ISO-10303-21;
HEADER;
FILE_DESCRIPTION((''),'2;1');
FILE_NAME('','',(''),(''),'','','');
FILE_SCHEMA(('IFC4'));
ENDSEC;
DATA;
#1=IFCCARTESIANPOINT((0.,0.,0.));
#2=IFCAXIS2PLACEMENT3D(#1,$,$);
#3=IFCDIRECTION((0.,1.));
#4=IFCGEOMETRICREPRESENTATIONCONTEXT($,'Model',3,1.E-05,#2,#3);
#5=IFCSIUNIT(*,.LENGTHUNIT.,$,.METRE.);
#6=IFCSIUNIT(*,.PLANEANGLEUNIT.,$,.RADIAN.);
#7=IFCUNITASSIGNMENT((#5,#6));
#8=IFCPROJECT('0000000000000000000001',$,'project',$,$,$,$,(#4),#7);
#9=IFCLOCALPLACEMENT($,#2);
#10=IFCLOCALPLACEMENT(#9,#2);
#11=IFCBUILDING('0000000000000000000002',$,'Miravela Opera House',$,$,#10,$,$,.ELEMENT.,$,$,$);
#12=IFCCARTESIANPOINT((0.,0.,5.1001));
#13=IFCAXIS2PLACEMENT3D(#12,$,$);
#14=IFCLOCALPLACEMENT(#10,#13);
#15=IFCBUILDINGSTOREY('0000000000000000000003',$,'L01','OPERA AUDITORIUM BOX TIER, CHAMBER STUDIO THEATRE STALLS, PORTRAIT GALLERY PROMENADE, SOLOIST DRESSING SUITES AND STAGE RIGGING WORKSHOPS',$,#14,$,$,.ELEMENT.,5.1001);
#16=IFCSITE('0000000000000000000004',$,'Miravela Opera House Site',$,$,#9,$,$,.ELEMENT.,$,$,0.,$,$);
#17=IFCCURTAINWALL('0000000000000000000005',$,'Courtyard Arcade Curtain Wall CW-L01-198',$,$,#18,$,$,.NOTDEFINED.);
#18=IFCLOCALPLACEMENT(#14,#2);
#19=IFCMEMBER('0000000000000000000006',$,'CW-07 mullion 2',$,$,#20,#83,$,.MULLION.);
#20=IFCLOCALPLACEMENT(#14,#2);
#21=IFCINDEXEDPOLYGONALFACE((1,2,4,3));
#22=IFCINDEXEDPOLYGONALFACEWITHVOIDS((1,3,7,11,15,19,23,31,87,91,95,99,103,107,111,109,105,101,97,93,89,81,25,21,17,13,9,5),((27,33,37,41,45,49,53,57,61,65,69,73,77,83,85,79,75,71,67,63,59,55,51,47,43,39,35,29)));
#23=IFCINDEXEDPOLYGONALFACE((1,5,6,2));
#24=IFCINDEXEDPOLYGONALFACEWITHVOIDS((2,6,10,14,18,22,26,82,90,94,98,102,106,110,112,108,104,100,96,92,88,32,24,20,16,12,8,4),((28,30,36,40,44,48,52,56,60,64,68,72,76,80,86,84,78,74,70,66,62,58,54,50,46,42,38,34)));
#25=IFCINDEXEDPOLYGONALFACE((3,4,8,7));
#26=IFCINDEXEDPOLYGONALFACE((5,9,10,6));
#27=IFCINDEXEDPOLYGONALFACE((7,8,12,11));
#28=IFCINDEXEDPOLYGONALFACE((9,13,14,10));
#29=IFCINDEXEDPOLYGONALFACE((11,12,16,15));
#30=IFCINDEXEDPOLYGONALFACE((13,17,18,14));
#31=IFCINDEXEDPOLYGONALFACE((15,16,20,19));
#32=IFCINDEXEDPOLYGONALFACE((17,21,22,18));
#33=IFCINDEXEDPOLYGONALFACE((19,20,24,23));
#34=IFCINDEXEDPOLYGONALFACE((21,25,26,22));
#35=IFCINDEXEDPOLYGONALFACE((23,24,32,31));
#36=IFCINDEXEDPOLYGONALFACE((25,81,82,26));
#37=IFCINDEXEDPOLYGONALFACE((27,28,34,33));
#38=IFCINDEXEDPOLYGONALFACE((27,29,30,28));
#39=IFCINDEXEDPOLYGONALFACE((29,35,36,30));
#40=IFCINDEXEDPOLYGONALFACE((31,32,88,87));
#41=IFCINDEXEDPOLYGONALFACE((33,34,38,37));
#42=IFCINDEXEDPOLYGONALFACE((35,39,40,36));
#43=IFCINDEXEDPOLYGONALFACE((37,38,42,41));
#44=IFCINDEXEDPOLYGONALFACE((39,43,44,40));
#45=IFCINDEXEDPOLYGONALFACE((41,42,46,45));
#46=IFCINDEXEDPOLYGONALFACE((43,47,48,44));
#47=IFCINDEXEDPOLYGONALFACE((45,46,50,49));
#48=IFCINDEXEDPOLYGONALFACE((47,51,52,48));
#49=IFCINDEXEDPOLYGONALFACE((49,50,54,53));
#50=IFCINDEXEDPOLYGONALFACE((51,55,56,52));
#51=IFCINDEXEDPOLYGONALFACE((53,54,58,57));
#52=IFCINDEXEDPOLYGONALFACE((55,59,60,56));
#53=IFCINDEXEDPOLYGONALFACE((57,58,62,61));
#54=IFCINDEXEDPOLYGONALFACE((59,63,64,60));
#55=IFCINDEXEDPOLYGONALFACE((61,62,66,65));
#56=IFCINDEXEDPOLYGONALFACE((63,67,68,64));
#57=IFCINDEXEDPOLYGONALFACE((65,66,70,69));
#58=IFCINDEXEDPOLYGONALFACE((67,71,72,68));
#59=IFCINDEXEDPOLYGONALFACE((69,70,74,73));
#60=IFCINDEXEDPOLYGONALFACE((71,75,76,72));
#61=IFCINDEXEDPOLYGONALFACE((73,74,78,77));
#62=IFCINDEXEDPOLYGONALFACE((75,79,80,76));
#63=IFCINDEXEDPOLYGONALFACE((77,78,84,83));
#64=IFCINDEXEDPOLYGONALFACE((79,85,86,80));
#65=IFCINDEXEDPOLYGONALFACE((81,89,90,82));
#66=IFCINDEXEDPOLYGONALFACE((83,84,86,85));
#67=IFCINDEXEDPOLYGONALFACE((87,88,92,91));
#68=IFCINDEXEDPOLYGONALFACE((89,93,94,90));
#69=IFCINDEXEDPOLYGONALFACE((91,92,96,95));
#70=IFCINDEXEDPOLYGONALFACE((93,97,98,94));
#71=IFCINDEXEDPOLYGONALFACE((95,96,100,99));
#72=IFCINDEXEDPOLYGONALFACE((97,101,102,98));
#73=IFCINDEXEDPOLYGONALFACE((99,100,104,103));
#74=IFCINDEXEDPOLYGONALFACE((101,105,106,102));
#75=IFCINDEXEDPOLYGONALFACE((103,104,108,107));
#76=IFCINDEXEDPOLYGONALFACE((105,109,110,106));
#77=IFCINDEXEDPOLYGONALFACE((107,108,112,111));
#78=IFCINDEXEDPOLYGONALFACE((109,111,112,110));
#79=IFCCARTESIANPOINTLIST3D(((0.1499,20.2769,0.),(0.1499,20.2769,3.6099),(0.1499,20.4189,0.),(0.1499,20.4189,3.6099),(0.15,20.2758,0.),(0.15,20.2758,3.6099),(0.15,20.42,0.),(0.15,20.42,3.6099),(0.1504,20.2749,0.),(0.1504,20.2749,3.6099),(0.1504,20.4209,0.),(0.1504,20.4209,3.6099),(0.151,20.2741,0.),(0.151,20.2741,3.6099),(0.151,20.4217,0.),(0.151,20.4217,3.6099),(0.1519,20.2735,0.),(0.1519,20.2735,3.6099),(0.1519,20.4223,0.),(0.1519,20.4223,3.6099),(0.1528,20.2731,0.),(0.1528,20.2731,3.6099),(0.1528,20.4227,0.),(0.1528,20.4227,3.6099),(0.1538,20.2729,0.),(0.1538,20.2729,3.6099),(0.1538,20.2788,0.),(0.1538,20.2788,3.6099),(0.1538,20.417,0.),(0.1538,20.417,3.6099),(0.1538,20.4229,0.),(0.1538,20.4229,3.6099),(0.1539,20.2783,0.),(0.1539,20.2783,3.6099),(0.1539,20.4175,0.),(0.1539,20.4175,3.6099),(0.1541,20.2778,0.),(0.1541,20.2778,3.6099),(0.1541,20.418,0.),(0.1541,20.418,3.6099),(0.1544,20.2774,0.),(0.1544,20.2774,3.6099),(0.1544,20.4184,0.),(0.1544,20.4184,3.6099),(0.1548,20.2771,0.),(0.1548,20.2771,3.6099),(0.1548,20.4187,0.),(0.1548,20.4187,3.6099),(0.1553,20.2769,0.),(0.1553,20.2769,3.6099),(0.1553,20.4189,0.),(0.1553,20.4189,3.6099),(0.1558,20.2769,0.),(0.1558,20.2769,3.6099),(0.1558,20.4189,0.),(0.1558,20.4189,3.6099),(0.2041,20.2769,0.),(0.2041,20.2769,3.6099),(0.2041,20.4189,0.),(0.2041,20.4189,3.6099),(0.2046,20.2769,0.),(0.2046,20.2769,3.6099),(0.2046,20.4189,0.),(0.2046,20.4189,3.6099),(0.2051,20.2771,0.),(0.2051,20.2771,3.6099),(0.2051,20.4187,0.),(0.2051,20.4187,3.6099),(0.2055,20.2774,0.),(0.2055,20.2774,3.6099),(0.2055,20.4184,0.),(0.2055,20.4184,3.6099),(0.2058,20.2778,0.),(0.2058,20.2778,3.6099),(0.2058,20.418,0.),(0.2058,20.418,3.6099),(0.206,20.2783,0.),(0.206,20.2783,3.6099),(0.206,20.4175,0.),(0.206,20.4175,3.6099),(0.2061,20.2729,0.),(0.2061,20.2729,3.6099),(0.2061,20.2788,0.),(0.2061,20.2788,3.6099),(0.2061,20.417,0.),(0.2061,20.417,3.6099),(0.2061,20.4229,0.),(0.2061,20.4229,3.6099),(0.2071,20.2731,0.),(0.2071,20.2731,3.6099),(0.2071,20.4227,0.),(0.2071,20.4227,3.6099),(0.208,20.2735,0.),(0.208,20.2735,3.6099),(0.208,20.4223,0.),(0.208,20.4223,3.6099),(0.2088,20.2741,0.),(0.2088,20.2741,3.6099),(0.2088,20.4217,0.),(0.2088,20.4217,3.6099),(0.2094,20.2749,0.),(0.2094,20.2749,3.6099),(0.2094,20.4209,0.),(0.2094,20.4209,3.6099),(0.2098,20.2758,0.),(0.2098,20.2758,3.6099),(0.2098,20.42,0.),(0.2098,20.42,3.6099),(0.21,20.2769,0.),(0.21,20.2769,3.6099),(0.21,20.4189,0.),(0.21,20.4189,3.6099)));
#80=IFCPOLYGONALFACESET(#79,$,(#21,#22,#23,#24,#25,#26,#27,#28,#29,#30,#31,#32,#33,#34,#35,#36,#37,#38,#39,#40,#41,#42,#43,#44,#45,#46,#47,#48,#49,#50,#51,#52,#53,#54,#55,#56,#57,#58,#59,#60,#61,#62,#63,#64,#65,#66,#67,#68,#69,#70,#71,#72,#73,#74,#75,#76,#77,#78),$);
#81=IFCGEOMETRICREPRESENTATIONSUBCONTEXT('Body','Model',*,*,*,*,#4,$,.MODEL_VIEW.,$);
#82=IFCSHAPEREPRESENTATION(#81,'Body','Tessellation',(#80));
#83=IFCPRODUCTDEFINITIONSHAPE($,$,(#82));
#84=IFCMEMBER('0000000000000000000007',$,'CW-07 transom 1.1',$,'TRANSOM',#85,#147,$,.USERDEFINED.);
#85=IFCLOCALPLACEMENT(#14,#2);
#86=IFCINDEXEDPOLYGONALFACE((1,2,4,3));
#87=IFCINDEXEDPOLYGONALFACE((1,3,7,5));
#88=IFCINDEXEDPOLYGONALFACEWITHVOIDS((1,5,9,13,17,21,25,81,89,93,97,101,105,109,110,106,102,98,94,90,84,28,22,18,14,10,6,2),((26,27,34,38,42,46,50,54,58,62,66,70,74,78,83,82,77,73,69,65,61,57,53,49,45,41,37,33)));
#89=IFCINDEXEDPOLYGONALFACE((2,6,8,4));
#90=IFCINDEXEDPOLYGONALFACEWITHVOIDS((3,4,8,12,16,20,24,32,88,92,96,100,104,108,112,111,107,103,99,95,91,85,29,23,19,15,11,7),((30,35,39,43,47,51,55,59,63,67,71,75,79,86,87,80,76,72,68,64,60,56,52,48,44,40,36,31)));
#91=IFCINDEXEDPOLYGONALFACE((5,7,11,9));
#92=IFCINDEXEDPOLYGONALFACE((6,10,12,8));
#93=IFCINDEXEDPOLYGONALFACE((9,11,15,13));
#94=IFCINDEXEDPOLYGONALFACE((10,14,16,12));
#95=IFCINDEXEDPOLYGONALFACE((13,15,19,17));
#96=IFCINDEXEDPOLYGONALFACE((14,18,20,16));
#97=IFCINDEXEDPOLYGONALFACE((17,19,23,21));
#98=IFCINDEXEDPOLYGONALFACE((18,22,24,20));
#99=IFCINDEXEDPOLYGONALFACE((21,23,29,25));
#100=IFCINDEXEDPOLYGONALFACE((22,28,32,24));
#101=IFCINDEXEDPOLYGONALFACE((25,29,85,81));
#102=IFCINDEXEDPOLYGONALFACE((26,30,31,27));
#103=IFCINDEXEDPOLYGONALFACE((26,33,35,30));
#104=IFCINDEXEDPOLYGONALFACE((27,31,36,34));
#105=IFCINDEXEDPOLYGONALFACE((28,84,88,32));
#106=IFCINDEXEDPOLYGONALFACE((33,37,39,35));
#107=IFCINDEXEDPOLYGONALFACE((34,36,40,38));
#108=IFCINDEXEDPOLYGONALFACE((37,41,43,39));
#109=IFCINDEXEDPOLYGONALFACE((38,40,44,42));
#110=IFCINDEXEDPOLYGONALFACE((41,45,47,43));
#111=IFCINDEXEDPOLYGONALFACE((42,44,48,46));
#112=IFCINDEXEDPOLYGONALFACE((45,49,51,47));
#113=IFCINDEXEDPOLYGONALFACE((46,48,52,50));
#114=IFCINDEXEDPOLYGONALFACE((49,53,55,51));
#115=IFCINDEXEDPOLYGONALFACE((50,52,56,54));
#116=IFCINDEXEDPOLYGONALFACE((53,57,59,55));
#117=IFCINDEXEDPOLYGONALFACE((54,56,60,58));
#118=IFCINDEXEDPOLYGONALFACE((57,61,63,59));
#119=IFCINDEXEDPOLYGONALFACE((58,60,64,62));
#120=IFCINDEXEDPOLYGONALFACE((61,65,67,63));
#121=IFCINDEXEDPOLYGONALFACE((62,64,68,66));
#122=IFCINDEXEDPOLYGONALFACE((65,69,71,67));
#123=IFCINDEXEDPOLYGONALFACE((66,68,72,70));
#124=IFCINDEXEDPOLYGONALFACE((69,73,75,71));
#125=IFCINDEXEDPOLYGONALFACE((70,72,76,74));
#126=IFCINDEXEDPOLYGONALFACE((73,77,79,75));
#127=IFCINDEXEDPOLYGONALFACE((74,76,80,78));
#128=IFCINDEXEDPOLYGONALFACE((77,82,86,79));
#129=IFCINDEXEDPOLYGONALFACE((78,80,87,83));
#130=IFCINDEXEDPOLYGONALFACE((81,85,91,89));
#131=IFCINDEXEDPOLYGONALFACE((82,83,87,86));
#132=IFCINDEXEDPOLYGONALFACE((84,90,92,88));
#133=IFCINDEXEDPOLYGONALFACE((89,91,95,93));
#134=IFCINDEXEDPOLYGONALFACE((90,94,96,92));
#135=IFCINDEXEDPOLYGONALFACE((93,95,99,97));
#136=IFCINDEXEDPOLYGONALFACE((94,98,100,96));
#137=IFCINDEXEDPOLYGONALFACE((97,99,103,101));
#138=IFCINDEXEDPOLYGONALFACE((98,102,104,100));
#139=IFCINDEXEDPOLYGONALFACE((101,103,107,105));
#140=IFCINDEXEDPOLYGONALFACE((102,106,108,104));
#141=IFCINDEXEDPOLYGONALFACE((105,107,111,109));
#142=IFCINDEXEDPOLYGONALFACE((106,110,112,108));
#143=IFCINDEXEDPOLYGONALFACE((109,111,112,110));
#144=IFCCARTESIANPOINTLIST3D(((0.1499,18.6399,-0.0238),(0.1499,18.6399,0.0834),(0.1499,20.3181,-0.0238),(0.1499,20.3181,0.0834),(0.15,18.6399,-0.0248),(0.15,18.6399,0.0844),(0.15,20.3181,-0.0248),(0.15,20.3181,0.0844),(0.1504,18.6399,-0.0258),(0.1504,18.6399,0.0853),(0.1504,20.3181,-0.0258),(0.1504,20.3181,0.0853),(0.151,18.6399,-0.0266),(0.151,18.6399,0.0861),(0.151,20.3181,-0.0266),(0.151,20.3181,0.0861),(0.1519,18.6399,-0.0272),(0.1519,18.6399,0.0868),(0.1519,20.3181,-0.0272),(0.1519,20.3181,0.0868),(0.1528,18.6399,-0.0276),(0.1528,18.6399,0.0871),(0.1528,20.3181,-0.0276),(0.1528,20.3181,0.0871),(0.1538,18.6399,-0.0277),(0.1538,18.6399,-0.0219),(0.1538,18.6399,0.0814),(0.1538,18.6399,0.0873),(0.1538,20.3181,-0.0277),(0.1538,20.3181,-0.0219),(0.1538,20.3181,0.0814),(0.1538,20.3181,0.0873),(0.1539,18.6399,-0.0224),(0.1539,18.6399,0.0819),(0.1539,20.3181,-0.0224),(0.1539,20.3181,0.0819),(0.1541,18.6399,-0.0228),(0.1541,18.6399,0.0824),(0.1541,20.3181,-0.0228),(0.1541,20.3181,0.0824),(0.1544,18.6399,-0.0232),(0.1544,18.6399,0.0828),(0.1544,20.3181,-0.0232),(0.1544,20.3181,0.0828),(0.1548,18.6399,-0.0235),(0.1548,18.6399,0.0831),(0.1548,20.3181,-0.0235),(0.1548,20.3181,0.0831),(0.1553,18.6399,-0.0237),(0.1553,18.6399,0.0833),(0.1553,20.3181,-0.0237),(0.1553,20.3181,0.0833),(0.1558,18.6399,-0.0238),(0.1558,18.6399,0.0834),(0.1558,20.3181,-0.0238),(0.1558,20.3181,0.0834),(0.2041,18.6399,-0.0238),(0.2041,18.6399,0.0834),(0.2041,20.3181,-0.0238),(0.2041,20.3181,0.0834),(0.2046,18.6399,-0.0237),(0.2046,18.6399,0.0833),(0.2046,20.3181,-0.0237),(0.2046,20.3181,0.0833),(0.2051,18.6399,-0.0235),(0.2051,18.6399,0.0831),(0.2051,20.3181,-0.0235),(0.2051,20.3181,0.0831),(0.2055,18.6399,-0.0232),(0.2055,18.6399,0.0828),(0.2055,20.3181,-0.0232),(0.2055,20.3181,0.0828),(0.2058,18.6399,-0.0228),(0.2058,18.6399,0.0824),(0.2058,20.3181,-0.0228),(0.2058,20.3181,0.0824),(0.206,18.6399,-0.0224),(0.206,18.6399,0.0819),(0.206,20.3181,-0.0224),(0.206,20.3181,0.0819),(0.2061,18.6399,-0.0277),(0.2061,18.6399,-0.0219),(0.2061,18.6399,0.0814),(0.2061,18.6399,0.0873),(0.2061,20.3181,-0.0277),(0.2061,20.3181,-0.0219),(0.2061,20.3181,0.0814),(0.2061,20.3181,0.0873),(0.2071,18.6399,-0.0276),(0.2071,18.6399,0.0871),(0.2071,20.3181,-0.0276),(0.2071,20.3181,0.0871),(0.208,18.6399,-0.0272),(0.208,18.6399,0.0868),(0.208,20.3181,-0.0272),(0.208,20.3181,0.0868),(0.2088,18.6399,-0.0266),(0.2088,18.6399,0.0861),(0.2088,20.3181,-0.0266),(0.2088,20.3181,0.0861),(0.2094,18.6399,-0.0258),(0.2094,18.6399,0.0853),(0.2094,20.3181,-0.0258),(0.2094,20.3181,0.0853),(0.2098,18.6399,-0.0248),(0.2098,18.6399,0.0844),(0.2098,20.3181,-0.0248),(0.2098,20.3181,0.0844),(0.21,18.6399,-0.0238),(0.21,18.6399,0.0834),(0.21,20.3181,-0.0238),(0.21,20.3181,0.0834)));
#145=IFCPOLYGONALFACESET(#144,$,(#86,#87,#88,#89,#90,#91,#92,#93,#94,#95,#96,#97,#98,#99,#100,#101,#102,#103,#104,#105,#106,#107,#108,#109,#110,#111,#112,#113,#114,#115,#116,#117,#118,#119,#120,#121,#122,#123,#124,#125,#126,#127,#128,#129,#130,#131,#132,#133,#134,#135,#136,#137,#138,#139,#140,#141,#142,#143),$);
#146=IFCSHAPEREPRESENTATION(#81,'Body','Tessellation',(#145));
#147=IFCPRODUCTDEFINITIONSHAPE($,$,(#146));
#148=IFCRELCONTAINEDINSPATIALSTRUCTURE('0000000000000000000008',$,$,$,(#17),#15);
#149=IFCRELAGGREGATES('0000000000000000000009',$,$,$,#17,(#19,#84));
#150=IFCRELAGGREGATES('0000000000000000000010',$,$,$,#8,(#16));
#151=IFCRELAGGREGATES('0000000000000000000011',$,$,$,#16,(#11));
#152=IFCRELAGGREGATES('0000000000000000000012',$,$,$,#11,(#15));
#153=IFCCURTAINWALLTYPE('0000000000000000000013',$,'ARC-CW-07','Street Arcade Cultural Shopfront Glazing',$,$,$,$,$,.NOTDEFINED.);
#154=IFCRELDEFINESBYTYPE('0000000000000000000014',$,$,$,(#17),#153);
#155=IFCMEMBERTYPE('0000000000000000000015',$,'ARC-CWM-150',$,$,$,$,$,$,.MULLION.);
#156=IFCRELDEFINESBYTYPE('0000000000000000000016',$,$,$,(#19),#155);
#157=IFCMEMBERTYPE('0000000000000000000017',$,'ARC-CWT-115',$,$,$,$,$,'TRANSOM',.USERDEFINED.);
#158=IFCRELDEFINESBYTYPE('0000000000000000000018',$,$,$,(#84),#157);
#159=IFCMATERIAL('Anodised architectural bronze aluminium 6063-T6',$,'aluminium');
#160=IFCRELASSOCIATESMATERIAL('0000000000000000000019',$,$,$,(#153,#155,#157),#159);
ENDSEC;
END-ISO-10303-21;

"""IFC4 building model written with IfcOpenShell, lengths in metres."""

from ifc_helpers import new_model, si_unit, direction, frame, origin, origin_2d, place, context, subcontext, project, spatial, hollow_rectangle, extrude, material, material_profile, profile_set, type_object, element, aggregate, save


model = new_model("IFC4")

# Units and contexts
model_context = context("Model", 3, precision=1e-05, world=origin(), true_north=direction((0.0, 1.0)))
body_context = subcontext(model_context, "Body", "Model", "MODEL_VIEW")
ifc_project = project(units=[si_unit("LENGTHUNIT", "METRE"), si_unit("PLANEANGLEUNIT", "RADIAN")], contexts=[model_context])

# Site, building, storey
site_placement = place(None, origin())
site = spatial("IfcSite", under=ifc_project, at=site_placement, Name="Miravela Opera House Site", CompositionType="ELEMENT", RefElevation=0.0)
building_placement = place(site_placement, origin())
building = spatial("IfcBuilding", under=site, at=building_placement, Name="Miravela Opera House", CompositionType="ELEMENT")
storey_placement = place(building_placement, frame((0.0, 0.0, 5.1001)))
storey = spatial("IfcBuildingStorey", under=building, at=storey_placement, Name="L01", Description="OPERA AUDITORIUM BOX TIER, CHAMBER STUDIO THEATRE STALLS, PORTRAIT GALLERY PROMENADE, SOLOIST DRESSING SUITES AND STAGE RIGGING WORKSHOPS", CompositionType="ELEMENT", Elevation=5.1001)

# Shared definitions
ifc_material_1 = material(Name="Anodised architectural bronze aluminium 6063-T6", Category="aluminium")
curtain_wall_type = type_object("IfcCurtainWallType", Name="ARC-CW-07", Description="Street Arcade Cultural Shopfront Glazing", PredefinedType="NOTDEFINED", material=ifc_material_1)
ifc_material_profile_1 = material_profile(ifc_material_1, hollow_rectangle(XDim=0.0601, YDim=0.1499, WallThickness=0.0039, InnerFilletRadius=0.002, OuterFilletRadius=0.0039, at=origin_2d()), Name="CWM-60X150")
ifc_profile_set_1 = profile_set([ifc_material_profile_1])
member_type_1 = type_object("IfcMemberType", Name="ARC-CWM-150", PredefinedType="MULLION", material=ifc_profile_set_1)

# Curtain wall, members
curtain_wall_1_placement = place(storey_placement, origin())
curtain_wall_1 = element("IfcCurtainWall", 1, at=curtain_wall_1_placement, inside=storey, type_object=curtain_wall_type, Name="Courtyard Arcade Curtain Wall CW-L01-198", PredefinedType="NOTDEFINED")
member_1_placement = place(storey_placement, frame((0.1799, 20.3479, 0.0), z_axis=(0.0, 0.0, 1.0), x_axis=(-1.0, 0.0, 0.0)))
member_1 = element("IfcMember", 2, at=member_1_placement, type_object=member_type_1, Name="CW-07 mullion 2", PredefinedType="MULLION", context=body_context, shape_type="SweptSolid", body=[
    extrude(hollow_rectangle(XDim=0.0601, YDim=0.1499, WallThickness=0.0039, InnerFilletRadius=0.002, OuterFilletRadius=0.0039, at=origin_2d()), origin(), (0.0, 0.0, 1.0), 3.6099),
])
ifc_material_profile_2 = material_profile(ifc_material_1, hollow_rectangle(XDim=0.0601, YDim=0.115, WallThickness=0.0039, InnerFilletRadius=0.002, OuterFilletRadius=0.0039, at=origin_2d()), Name="CWT-60X115")
ifc_profile_set_2 = profile_set([ifc_material_profile_2])
member_type_2 = type_object("IfcMemberType", Name="ARC-CWT-115", ElementType="TRANSOM", PredefinedType="USERDEFINED", material=ifc_profile_set_2)
member_2_placement = place(storey_placement, frame((0.1799, 18.6399, 0.0298), z_axis=(0.0, 1.0, 0.0), x_axis=(-1.0, 0.0, 0.0)))
member_2 = element("IfcMember", 3, at=member_2_placement, type_object=member_type_2, Name="CW-07 transom 1.1", ObjectType="TRANSOM", PredefinedType="USERDEFINED", context=body_context, shape_type="SweptSolid", body=[
    extrude(hollow_rectangle(XDim=0.0601, YDim=0.115, WallThickness=0.0039, InnerFilletRadius=0.002, OuterFilletRadius=0.0039, at=origin_2d()), origin(), (0.0, 0.0, 1.0), 1.6782),
])

aggregate(curtain_wall_1, [member_1, member_2])

save(model, "model.ifc")
